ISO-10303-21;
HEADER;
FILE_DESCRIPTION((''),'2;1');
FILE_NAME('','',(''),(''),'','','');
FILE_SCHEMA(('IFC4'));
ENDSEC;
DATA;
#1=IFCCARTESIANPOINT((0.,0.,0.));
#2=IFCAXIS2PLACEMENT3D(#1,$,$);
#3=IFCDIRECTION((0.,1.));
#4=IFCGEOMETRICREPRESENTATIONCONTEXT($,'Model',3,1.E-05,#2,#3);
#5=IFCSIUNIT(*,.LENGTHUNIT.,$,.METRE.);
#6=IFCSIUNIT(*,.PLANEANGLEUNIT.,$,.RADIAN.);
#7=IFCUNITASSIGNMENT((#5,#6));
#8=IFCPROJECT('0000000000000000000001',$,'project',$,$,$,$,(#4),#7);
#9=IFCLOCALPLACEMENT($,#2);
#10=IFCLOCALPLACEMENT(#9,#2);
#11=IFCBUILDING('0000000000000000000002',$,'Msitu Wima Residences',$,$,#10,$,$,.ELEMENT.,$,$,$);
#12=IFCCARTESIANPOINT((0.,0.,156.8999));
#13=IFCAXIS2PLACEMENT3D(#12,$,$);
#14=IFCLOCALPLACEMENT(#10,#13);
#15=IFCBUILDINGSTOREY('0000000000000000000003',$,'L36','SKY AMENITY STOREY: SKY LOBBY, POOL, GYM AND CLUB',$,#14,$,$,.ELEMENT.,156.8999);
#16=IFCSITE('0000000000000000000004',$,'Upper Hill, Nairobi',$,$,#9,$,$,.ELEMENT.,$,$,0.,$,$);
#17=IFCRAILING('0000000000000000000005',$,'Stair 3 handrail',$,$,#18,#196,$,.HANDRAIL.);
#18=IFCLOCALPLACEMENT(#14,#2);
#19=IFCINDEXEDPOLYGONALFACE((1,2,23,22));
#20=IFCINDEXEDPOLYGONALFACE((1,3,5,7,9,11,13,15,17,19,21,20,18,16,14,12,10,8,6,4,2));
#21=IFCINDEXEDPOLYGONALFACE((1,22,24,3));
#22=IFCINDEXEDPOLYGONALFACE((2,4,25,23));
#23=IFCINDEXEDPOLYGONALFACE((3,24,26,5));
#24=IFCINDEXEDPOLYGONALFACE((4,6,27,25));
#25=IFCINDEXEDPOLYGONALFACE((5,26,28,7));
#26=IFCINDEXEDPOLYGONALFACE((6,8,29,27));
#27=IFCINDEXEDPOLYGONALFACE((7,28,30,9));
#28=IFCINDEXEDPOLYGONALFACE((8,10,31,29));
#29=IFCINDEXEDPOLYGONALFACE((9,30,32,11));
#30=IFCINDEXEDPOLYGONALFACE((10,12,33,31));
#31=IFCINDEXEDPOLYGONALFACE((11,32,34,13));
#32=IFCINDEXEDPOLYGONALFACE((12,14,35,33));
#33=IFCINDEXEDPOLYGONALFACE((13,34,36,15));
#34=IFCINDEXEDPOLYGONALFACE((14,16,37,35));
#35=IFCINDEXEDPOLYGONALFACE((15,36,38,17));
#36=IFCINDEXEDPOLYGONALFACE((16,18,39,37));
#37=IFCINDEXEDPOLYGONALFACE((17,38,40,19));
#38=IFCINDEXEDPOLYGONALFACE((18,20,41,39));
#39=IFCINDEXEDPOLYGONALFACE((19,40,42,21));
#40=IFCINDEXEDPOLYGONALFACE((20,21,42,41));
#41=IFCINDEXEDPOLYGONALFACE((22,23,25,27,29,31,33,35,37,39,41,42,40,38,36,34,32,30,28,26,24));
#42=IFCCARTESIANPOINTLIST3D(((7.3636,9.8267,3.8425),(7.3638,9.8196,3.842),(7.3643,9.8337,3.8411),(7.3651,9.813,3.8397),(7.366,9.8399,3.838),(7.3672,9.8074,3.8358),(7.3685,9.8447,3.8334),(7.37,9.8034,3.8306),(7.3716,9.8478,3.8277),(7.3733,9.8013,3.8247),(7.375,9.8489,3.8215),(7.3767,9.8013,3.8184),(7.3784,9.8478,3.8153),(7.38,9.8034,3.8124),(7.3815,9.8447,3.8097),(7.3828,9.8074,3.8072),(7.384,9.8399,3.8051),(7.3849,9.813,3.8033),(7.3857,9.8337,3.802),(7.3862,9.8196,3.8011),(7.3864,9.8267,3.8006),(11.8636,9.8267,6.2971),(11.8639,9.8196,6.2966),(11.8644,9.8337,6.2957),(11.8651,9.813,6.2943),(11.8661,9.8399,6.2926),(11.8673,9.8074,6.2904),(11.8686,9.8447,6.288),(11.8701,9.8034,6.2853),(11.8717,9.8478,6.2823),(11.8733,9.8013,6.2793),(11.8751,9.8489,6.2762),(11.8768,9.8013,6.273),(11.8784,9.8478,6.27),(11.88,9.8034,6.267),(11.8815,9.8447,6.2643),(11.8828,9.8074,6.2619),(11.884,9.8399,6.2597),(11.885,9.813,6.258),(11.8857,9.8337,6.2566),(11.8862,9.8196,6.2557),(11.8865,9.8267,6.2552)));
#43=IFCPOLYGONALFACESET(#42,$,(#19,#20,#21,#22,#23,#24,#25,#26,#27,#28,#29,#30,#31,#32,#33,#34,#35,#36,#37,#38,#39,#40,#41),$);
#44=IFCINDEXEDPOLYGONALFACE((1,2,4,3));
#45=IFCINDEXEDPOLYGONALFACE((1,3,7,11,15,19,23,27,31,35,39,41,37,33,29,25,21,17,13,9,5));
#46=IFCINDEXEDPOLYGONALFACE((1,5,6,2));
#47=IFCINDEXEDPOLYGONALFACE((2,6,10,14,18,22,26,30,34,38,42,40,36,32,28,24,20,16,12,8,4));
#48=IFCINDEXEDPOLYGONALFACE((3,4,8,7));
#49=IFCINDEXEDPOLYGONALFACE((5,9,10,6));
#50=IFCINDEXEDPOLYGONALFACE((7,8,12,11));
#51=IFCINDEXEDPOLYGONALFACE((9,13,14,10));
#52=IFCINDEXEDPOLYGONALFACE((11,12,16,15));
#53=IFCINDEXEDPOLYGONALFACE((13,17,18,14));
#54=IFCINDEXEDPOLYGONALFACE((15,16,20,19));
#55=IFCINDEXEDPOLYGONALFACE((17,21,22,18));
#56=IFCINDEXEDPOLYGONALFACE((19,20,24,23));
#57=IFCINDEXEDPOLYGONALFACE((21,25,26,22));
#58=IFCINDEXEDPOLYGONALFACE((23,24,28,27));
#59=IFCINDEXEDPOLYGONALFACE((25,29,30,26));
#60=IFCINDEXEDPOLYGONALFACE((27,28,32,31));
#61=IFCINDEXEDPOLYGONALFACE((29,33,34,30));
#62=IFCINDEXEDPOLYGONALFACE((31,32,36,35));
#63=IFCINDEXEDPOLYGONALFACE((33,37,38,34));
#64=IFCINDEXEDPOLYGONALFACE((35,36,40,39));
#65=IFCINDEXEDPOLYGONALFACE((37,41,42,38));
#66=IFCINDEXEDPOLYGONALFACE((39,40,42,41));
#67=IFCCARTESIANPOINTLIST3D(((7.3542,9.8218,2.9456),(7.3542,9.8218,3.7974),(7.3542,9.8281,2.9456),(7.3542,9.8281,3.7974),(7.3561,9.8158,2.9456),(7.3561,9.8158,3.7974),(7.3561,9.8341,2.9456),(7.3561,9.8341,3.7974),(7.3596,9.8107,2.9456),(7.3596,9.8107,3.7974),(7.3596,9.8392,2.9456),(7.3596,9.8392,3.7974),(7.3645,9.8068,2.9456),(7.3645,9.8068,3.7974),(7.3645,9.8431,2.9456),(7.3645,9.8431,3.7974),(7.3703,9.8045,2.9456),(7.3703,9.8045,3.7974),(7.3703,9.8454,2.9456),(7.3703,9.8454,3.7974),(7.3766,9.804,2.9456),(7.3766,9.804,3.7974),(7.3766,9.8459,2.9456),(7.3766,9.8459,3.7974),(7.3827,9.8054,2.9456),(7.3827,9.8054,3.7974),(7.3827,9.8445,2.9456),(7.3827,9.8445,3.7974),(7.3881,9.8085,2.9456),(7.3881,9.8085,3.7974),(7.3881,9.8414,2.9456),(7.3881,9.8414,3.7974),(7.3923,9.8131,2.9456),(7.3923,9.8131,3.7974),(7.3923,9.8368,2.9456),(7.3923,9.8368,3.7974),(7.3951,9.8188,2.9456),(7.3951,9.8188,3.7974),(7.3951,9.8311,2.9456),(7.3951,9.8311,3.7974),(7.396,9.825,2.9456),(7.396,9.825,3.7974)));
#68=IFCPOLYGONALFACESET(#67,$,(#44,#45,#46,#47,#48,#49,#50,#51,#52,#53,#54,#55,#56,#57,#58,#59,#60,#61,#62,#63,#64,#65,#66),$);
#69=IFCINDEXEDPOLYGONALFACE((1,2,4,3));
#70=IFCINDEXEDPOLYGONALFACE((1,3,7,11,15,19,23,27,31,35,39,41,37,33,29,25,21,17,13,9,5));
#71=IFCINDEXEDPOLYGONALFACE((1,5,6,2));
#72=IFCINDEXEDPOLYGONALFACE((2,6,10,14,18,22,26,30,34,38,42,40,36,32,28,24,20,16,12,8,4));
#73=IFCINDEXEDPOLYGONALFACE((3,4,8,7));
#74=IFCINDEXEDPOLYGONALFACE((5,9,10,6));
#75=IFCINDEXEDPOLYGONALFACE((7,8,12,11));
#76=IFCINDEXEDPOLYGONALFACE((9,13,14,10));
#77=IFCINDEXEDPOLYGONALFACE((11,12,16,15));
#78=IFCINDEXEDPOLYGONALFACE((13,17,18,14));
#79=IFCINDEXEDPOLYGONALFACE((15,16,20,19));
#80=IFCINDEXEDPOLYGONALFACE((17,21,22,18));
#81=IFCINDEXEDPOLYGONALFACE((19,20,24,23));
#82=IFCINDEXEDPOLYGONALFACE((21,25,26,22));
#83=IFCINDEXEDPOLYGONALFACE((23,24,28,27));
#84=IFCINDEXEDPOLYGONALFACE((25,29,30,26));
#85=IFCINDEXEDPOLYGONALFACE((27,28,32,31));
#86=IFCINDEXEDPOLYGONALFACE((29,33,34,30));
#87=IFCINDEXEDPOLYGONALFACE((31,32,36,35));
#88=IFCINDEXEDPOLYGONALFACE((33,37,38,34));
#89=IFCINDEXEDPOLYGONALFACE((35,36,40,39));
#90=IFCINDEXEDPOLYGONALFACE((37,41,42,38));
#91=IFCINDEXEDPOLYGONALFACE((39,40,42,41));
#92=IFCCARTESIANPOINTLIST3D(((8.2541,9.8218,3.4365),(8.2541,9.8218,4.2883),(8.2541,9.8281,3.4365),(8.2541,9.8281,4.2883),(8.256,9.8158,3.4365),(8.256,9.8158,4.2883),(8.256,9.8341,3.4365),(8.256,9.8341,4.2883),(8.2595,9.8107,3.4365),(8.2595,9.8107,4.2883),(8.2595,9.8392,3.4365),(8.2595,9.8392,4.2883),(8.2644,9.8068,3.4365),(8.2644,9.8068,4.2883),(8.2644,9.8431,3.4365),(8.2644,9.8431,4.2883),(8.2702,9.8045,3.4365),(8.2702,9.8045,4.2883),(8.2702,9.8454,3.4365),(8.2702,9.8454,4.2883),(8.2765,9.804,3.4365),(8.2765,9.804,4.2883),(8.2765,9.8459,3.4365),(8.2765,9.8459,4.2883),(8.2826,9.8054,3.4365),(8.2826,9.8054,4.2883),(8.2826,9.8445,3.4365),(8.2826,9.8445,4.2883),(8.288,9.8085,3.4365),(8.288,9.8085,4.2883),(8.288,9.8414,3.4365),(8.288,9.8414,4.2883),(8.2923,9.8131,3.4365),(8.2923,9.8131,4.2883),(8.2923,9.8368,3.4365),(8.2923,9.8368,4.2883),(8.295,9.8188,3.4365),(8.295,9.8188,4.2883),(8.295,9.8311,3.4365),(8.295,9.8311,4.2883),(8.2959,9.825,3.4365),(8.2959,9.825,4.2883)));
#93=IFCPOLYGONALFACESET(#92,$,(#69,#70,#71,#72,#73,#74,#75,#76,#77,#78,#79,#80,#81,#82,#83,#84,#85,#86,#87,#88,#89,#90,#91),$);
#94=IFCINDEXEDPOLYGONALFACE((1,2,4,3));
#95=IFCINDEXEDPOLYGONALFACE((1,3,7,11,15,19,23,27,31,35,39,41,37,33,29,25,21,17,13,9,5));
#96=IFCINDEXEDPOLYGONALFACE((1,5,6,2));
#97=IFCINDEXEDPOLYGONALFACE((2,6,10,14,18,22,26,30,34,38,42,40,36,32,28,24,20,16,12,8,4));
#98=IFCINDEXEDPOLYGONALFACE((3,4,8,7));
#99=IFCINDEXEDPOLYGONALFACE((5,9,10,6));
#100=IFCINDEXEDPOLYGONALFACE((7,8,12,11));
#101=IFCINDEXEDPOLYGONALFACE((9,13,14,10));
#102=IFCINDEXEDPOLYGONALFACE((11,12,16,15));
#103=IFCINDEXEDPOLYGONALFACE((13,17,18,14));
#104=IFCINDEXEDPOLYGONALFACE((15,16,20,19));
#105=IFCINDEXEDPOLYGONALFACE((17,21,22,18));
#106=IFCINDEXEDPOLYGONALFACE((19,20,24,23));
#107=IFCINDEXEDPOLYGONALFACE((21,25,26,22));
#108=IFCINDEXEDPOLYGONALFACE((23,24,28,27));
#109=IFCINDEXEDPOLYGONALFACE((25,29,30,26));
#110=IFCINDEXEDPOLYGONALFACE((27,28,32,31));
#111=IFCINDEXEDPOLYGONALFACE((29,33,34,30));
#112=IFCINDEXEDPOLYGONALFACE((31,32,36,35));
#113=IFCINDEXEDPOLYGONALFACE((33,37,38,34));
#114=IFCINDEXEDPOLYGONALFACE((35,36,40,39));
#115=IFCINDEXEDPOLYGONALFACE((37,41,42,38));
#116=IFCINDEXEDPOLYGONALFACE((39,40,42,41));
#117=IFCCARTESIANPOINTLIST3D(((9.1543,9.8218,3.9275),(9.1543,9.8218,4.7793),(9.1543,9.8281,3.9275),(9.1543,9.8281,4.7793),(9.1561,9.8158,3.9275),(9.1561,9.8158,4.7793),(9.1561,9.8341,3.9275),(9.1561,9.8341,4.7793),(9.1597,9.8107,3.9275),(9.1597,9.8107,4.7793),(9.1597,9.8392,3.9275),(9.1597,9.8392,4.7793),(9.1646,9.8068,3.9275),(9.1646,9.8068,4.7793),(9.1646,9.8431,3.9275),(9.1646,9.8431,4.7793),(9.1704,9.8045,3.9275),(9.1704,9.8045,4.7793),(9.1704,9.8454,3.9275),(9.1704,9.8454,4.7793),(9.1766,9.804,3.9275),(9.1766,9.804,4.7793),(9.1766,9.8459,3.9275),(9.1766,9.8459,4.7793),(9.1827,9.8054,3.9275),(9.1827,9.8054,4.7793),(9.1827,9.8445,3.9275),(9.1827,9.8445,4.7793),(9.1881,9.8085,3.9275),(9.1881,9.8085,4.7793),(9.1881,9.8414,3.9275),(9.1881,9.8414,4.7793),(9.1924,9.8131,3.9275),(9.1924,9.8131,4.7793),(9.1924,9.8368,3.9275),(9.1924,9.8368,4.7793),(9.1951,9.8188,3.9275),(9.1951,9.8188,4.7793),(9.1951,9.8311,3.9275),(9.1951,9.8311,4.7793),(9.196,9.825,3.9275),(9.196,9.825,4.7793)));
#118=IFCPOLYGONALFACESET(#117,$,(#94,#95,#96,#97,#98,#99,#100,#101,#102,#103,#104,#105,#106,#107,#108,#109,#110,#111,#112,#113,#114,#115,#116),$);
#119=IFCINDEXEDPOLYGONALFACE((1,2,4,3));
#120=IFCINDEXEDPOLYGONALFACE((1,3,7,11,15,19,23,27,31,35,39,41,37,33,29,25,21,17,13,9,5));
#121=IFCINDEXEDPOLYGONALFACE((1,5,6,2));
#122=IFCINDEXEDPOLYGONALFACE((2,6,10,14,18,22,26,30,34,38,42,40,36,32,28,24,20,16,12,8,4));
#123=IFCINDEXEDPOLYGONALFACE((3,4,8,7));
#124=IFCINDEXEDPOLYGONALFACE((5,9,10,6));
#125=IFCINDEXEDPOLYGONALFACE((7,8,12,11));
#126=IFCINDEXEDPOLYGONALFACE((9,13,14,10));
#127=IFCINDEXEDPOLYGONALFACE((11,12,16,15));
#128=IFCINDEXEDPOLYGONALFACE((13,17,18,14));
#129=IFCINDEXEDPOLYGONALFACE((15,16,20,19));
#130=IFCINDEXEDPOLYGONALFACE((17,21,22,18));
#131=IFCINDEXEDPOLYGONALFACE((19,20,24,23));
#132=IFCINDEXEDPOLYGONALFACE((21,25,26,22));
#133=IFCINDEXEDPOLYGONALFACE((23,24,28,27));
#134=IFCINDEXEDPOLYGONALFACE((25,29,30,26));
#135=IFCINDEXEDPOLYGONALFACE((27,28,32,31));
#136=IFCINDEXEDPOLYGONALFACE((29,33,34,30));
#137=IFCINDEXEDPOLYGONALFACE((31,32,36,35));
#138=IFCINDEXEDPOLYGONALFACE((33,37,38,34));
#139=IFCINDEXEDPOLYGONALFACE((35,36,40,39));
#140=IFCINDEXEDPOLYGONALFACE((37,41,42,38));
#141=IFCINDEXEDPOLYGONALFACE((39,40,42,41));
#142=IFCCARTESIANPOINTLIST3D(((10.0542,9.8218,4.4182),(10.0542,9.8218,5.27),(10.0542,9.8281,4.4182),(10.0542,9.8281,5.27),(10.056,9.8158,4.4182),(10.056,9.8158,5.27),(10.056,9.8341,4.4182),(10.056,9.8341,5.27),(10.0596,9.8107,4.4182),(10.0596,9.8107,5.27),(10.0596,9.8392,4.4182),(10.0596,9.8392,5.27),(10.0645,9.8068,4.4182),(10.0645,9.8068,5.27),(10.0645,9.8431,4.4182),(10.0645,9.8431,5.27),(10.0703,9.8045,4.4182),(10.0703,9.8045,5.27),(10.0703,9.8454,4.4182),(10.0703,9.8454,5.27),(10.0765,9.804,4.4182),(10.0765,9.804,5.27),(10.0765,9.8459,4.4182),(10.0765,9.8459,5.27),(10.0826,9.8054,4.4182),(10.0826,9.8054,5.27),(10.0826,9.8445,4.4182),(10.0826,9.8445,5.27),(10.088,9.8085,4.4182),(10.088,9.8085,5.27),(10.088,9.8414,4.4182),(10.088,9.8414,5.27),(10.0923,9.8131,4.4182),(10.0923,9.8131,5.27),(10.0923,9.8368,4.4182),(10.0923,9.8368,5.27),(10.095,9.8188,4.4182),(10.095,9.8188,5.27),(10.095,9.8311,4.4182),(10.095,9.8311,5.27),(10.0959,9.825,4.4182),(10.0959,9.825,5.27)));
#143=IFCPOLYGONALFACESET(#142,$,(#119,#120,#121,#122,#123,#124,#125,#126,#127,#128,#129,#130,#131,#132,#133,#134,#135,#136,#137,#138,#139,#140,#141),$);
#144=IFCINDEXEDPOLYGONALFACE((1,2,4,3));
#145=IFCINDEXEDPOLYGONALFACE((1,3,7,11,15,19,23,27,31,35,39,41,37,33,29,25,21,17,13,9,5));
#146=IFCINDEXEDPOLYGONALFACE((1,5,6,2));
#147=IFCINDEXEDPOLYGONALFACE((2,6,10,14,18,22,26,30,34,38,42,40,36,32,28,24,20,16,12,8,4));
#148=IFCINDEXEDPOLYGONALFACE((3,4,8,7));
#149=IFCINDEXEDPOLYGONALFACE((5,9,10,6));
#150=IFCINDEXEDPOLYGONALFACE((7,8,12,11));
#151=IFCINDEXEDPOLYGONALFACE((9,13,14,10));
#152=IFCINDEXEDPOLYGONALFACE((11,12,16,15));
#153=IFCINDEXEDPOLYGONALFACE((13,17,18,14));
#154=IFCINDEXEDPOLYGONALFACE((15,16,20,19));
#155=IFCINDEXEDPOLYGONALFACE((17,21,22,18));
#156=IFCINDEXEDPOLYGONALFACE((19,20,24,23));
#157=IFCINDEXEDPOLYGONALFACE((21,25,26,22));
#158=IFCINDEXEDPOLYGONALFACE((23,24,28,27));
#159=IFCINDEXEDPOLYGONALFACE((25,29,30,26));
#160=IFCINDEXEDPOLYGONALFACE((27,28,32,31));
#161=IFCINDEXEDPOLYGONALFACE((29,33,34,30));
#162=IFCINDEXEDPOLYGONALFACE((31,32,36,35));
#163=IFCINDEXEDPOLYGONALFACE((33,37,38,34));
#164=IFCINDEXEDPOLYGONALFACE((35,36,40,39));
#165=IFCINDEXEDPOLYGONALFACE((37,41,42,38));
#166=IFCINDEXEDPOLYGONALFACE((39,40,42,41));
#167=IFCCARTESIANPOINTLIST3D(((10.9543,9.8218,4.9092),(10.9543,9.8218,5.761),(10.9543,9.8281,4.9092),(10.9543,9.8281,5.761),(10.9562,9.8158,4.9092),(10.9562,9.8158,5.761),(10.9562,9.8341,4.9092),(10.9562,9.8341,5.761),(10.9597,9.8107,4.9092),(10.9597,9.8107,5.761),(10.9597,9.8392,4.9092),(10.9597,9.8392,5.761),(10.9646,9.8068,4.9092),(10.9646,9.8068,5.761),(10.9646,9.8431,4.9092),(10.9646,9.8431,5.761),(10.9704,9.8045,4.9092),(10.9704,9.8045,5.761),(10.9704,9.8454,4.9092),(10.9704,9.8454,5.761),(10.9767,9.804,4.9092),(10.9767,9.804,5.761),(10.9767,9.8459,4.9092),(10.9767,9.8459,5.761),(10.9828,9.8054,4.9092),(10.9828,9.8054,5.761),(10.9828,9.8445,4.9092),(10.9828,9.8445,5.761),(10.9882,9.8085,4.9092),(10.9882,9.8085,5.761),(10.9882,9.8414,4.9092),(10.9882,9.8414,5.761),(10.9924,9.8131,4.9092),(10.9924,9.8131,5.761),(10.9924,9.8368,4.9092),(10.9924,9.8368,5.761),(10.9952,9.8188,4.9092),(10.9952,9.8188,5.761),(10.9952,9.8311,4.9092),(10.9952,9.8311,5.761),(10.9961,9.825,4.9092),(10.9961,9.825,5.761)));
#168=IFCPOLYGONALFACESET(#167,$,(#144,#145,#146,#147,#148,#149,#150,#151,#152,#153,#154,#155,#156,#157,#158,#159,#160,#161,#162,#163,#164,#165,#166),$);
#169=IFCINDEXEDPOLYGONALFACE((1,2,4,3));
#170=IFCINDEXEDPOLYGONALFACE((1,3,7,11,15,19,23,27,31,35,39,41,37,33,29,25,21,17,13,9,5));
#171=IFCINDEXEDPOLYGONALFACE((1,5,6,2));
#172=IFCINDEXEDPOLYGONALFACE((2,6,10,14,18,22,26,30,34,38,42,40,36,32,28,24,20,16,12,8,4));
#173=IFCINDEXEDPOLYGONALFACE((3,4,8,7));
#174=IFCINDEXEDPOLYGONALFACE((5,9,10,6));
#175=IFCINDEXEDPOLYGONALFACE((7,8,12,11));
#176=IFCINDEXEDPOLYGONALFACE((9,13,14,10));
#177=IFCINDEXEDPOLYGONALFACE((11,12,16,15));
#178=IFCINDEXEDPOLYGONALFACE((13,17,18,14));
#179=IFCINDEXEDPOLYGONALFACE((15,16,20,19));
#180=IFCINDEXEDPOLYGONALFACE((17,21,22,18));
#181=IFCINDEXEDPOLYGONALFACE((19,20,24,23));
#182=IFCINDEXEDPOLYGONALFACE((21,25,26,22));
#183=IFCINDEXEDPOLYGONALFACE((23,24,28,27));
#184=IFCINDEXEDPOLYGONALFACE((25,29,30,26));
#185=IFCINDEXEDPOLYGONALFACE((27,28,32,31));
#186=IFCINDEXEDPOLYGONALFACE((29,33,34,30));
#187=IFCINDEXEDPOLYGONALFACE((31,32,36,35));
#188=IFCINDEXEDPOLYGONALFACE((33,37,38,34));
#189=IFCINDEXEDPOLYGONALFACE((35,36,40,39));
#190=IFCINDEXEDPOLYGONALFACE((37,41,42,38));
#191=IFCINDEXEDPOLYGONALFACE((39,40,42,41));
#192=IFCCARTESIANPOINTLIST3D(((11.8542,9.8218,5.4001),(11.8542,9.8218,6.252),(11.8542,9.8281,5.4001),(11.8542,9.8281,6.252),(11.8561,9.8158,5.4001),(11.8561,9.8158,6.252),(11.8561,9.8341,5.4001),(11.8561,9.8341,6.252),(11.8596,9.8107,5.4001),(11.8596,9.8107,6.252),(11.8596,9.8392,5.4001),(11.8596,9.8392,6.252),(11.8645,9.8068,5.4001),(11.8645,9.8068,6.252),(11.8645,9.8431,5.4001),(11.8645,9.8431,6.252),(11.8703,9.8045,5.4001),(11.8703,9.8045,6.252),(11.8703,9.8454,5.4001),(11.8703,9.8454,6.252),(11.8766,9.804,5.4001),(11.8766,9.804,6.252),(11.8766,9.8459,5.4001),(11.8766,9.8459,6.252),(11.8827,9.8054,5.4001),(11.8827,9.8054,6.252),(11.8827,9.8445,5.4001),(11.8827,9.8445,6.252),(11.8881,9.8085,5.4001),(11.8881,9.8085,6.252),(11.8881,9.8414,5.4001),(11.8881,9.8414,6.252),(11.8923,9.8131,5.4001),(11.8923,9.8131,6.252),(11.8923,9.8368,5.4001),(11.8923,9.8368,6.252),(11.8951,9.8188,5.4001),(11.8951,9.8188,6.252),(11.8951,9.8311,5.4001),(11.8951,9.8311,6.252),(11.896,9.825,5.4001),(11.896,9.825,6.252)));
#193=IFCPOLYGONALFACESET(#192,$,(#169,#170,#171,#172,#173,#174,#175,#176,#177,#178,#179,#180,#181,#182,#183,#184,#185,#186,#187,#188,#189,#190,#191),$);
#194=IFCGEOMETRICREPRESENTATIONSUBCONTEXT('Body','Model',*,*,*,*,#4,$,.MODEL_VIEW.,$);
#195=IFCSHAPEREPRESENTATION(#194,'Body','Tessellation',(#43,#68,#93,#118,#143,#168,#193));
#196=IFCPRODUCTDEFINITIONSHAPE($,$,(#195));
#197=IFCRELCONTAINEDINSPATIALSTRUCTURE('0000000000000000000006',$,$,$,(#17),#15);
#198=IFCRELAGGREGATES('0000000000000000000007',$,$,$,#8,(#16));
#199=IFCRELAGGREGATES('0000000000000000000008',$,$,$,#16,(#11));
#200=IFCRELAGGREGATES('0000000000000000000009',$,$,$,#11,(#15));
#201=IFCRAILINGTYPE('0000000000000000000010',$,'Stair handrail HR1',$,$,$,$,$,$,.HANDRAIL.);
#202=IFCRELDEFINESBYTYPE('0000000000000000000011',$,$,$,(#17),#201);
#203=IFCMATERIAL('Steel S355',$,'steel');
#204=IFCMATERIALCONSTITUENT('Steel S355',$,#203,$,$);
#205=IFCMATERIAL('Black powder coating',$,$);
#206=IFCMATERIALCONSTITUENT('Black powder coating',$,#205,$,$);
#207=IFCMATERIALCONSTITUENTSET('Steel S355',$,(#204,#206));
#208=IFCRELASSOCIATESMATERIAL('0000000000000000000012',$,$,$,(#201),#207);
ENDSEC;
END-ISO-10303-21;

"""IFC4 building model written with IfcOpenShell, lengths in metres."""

from ifc_helpers import new_model, si_unit, direction, frame, origin, origin_2d, place, context, subcontext, project, spatial, circle, extrude, material, constituent, constituent_set, type_object, element, save


model = new_model("IFC4")

# Units and contexts
model_context = context("Model", 3, precision=1e-05, world=origin(), true_north=direction((0.0, 1.0)))
body_context = subcontext(model_context, "Body", "Model", "MODEL_VIEW")
ifc_project = project(units=[si_unit("LENGTHUNIT", "METRE"), si_unit("PLANEANGLEUNIT", "RADIAN")], contexts=[model_context])

# Site, building, storey
site_placement = place(None, origin())
site = spatial("IfcSite", under=ifc_project, at=site_placement, Name="Upper Hill, Nairobi", CompositionType="ELEMENT", RefElevation=0.0)
building_placement = place(site_placement, origin())
building = spatial("IfcBuilding", under=site, at=building_placement, Name="Msitu Wima Residences", CompositionType="ELEMENT")
storey_placement = place(building_placement, frame((0.0, 0.0, 156.8999)))
storey = spatial("IfcBuildingStorey", under=building, at=storey_placement, Name="L36", Description="SKY AMENITY STOREY: SKY LOBBY, POOL, GYM AND CLUB", CompositionType="ELEMENT", Elevation=156.8999)

# Railing
ifc_material_1 = material(Name="Steel S355", Category="steel")
ifc_constituent_1 = constituent(ifc_material_1, Name="Steel S355")
ifc_material_2 = material(Name="Black powder coating")
ifc_constituent_2 = constituent(ifc_material_2, Name="Black powder coating")
ifc_constituent_set = constituent_set(constituents=[ifc_constituent_1, ifc_constituent_2], Name="Steel S355")
railing_type = type_object("IfcRailingType", Name="Stair handrail HR1", PredefinedType="HANDRAIL", material=ifc_constituent_set)
for number, where, name in (
    (1, (7.375, 9.825, 2.9456), "Stair 3 handrail"),
):
    element("IfcRailing", number, at=place(storey_placement, frame(where)), inside=storey, type_object=railing_type, Name=name, PredefinedType="HANDRAIL", context=body_context, shape_type="SweptSolid", body=[
        extrude(circle(Radius=0.0239, at=origin_2d()), frame((0.0, 0.0, 0.876), z_axis=(0.877892, 0.0, 0.478859), x_axis=(0.0, 1.0, 0.0)), (0.0, 0.0, 1.0), 5.126),
        extrude(circle(Radius=0.021, at=origin_2d()), origin(), (0.0, 0.0, 1.0), 0.8518),
        extrude(circle(Radius=0.021, at=origin_2d()), frame((0.8999, 0.0, 0.491)), (0.0, 0.0, 1.0), 0.8518),
        extrude(circle(Radius=0.021, at=origin_2d()), frame((1.8, 0.0, 0.9819)), (0.0, 0.0, 1.0), 0.8518),
        extrude(circle(Radius=0.021, at=origin_2d()), frame((2.7, 0.0, 1.4727)), (0.0, 0.0, 1.0), 0.8518),
        extrude(circle(Radius=0.021, at=origin_2d()), frame((3.6001, 0.0, 1.9636)), (0.0, 0.0, 1.0), 0.8518),
        extrude(circle(Radius=0.021, at=origin_2d()), frame((4.5, 0.0, 2.4546)), (0.0, 0.0, 1.0), 0.8518),
    ])

save(model, "model.ifc")
